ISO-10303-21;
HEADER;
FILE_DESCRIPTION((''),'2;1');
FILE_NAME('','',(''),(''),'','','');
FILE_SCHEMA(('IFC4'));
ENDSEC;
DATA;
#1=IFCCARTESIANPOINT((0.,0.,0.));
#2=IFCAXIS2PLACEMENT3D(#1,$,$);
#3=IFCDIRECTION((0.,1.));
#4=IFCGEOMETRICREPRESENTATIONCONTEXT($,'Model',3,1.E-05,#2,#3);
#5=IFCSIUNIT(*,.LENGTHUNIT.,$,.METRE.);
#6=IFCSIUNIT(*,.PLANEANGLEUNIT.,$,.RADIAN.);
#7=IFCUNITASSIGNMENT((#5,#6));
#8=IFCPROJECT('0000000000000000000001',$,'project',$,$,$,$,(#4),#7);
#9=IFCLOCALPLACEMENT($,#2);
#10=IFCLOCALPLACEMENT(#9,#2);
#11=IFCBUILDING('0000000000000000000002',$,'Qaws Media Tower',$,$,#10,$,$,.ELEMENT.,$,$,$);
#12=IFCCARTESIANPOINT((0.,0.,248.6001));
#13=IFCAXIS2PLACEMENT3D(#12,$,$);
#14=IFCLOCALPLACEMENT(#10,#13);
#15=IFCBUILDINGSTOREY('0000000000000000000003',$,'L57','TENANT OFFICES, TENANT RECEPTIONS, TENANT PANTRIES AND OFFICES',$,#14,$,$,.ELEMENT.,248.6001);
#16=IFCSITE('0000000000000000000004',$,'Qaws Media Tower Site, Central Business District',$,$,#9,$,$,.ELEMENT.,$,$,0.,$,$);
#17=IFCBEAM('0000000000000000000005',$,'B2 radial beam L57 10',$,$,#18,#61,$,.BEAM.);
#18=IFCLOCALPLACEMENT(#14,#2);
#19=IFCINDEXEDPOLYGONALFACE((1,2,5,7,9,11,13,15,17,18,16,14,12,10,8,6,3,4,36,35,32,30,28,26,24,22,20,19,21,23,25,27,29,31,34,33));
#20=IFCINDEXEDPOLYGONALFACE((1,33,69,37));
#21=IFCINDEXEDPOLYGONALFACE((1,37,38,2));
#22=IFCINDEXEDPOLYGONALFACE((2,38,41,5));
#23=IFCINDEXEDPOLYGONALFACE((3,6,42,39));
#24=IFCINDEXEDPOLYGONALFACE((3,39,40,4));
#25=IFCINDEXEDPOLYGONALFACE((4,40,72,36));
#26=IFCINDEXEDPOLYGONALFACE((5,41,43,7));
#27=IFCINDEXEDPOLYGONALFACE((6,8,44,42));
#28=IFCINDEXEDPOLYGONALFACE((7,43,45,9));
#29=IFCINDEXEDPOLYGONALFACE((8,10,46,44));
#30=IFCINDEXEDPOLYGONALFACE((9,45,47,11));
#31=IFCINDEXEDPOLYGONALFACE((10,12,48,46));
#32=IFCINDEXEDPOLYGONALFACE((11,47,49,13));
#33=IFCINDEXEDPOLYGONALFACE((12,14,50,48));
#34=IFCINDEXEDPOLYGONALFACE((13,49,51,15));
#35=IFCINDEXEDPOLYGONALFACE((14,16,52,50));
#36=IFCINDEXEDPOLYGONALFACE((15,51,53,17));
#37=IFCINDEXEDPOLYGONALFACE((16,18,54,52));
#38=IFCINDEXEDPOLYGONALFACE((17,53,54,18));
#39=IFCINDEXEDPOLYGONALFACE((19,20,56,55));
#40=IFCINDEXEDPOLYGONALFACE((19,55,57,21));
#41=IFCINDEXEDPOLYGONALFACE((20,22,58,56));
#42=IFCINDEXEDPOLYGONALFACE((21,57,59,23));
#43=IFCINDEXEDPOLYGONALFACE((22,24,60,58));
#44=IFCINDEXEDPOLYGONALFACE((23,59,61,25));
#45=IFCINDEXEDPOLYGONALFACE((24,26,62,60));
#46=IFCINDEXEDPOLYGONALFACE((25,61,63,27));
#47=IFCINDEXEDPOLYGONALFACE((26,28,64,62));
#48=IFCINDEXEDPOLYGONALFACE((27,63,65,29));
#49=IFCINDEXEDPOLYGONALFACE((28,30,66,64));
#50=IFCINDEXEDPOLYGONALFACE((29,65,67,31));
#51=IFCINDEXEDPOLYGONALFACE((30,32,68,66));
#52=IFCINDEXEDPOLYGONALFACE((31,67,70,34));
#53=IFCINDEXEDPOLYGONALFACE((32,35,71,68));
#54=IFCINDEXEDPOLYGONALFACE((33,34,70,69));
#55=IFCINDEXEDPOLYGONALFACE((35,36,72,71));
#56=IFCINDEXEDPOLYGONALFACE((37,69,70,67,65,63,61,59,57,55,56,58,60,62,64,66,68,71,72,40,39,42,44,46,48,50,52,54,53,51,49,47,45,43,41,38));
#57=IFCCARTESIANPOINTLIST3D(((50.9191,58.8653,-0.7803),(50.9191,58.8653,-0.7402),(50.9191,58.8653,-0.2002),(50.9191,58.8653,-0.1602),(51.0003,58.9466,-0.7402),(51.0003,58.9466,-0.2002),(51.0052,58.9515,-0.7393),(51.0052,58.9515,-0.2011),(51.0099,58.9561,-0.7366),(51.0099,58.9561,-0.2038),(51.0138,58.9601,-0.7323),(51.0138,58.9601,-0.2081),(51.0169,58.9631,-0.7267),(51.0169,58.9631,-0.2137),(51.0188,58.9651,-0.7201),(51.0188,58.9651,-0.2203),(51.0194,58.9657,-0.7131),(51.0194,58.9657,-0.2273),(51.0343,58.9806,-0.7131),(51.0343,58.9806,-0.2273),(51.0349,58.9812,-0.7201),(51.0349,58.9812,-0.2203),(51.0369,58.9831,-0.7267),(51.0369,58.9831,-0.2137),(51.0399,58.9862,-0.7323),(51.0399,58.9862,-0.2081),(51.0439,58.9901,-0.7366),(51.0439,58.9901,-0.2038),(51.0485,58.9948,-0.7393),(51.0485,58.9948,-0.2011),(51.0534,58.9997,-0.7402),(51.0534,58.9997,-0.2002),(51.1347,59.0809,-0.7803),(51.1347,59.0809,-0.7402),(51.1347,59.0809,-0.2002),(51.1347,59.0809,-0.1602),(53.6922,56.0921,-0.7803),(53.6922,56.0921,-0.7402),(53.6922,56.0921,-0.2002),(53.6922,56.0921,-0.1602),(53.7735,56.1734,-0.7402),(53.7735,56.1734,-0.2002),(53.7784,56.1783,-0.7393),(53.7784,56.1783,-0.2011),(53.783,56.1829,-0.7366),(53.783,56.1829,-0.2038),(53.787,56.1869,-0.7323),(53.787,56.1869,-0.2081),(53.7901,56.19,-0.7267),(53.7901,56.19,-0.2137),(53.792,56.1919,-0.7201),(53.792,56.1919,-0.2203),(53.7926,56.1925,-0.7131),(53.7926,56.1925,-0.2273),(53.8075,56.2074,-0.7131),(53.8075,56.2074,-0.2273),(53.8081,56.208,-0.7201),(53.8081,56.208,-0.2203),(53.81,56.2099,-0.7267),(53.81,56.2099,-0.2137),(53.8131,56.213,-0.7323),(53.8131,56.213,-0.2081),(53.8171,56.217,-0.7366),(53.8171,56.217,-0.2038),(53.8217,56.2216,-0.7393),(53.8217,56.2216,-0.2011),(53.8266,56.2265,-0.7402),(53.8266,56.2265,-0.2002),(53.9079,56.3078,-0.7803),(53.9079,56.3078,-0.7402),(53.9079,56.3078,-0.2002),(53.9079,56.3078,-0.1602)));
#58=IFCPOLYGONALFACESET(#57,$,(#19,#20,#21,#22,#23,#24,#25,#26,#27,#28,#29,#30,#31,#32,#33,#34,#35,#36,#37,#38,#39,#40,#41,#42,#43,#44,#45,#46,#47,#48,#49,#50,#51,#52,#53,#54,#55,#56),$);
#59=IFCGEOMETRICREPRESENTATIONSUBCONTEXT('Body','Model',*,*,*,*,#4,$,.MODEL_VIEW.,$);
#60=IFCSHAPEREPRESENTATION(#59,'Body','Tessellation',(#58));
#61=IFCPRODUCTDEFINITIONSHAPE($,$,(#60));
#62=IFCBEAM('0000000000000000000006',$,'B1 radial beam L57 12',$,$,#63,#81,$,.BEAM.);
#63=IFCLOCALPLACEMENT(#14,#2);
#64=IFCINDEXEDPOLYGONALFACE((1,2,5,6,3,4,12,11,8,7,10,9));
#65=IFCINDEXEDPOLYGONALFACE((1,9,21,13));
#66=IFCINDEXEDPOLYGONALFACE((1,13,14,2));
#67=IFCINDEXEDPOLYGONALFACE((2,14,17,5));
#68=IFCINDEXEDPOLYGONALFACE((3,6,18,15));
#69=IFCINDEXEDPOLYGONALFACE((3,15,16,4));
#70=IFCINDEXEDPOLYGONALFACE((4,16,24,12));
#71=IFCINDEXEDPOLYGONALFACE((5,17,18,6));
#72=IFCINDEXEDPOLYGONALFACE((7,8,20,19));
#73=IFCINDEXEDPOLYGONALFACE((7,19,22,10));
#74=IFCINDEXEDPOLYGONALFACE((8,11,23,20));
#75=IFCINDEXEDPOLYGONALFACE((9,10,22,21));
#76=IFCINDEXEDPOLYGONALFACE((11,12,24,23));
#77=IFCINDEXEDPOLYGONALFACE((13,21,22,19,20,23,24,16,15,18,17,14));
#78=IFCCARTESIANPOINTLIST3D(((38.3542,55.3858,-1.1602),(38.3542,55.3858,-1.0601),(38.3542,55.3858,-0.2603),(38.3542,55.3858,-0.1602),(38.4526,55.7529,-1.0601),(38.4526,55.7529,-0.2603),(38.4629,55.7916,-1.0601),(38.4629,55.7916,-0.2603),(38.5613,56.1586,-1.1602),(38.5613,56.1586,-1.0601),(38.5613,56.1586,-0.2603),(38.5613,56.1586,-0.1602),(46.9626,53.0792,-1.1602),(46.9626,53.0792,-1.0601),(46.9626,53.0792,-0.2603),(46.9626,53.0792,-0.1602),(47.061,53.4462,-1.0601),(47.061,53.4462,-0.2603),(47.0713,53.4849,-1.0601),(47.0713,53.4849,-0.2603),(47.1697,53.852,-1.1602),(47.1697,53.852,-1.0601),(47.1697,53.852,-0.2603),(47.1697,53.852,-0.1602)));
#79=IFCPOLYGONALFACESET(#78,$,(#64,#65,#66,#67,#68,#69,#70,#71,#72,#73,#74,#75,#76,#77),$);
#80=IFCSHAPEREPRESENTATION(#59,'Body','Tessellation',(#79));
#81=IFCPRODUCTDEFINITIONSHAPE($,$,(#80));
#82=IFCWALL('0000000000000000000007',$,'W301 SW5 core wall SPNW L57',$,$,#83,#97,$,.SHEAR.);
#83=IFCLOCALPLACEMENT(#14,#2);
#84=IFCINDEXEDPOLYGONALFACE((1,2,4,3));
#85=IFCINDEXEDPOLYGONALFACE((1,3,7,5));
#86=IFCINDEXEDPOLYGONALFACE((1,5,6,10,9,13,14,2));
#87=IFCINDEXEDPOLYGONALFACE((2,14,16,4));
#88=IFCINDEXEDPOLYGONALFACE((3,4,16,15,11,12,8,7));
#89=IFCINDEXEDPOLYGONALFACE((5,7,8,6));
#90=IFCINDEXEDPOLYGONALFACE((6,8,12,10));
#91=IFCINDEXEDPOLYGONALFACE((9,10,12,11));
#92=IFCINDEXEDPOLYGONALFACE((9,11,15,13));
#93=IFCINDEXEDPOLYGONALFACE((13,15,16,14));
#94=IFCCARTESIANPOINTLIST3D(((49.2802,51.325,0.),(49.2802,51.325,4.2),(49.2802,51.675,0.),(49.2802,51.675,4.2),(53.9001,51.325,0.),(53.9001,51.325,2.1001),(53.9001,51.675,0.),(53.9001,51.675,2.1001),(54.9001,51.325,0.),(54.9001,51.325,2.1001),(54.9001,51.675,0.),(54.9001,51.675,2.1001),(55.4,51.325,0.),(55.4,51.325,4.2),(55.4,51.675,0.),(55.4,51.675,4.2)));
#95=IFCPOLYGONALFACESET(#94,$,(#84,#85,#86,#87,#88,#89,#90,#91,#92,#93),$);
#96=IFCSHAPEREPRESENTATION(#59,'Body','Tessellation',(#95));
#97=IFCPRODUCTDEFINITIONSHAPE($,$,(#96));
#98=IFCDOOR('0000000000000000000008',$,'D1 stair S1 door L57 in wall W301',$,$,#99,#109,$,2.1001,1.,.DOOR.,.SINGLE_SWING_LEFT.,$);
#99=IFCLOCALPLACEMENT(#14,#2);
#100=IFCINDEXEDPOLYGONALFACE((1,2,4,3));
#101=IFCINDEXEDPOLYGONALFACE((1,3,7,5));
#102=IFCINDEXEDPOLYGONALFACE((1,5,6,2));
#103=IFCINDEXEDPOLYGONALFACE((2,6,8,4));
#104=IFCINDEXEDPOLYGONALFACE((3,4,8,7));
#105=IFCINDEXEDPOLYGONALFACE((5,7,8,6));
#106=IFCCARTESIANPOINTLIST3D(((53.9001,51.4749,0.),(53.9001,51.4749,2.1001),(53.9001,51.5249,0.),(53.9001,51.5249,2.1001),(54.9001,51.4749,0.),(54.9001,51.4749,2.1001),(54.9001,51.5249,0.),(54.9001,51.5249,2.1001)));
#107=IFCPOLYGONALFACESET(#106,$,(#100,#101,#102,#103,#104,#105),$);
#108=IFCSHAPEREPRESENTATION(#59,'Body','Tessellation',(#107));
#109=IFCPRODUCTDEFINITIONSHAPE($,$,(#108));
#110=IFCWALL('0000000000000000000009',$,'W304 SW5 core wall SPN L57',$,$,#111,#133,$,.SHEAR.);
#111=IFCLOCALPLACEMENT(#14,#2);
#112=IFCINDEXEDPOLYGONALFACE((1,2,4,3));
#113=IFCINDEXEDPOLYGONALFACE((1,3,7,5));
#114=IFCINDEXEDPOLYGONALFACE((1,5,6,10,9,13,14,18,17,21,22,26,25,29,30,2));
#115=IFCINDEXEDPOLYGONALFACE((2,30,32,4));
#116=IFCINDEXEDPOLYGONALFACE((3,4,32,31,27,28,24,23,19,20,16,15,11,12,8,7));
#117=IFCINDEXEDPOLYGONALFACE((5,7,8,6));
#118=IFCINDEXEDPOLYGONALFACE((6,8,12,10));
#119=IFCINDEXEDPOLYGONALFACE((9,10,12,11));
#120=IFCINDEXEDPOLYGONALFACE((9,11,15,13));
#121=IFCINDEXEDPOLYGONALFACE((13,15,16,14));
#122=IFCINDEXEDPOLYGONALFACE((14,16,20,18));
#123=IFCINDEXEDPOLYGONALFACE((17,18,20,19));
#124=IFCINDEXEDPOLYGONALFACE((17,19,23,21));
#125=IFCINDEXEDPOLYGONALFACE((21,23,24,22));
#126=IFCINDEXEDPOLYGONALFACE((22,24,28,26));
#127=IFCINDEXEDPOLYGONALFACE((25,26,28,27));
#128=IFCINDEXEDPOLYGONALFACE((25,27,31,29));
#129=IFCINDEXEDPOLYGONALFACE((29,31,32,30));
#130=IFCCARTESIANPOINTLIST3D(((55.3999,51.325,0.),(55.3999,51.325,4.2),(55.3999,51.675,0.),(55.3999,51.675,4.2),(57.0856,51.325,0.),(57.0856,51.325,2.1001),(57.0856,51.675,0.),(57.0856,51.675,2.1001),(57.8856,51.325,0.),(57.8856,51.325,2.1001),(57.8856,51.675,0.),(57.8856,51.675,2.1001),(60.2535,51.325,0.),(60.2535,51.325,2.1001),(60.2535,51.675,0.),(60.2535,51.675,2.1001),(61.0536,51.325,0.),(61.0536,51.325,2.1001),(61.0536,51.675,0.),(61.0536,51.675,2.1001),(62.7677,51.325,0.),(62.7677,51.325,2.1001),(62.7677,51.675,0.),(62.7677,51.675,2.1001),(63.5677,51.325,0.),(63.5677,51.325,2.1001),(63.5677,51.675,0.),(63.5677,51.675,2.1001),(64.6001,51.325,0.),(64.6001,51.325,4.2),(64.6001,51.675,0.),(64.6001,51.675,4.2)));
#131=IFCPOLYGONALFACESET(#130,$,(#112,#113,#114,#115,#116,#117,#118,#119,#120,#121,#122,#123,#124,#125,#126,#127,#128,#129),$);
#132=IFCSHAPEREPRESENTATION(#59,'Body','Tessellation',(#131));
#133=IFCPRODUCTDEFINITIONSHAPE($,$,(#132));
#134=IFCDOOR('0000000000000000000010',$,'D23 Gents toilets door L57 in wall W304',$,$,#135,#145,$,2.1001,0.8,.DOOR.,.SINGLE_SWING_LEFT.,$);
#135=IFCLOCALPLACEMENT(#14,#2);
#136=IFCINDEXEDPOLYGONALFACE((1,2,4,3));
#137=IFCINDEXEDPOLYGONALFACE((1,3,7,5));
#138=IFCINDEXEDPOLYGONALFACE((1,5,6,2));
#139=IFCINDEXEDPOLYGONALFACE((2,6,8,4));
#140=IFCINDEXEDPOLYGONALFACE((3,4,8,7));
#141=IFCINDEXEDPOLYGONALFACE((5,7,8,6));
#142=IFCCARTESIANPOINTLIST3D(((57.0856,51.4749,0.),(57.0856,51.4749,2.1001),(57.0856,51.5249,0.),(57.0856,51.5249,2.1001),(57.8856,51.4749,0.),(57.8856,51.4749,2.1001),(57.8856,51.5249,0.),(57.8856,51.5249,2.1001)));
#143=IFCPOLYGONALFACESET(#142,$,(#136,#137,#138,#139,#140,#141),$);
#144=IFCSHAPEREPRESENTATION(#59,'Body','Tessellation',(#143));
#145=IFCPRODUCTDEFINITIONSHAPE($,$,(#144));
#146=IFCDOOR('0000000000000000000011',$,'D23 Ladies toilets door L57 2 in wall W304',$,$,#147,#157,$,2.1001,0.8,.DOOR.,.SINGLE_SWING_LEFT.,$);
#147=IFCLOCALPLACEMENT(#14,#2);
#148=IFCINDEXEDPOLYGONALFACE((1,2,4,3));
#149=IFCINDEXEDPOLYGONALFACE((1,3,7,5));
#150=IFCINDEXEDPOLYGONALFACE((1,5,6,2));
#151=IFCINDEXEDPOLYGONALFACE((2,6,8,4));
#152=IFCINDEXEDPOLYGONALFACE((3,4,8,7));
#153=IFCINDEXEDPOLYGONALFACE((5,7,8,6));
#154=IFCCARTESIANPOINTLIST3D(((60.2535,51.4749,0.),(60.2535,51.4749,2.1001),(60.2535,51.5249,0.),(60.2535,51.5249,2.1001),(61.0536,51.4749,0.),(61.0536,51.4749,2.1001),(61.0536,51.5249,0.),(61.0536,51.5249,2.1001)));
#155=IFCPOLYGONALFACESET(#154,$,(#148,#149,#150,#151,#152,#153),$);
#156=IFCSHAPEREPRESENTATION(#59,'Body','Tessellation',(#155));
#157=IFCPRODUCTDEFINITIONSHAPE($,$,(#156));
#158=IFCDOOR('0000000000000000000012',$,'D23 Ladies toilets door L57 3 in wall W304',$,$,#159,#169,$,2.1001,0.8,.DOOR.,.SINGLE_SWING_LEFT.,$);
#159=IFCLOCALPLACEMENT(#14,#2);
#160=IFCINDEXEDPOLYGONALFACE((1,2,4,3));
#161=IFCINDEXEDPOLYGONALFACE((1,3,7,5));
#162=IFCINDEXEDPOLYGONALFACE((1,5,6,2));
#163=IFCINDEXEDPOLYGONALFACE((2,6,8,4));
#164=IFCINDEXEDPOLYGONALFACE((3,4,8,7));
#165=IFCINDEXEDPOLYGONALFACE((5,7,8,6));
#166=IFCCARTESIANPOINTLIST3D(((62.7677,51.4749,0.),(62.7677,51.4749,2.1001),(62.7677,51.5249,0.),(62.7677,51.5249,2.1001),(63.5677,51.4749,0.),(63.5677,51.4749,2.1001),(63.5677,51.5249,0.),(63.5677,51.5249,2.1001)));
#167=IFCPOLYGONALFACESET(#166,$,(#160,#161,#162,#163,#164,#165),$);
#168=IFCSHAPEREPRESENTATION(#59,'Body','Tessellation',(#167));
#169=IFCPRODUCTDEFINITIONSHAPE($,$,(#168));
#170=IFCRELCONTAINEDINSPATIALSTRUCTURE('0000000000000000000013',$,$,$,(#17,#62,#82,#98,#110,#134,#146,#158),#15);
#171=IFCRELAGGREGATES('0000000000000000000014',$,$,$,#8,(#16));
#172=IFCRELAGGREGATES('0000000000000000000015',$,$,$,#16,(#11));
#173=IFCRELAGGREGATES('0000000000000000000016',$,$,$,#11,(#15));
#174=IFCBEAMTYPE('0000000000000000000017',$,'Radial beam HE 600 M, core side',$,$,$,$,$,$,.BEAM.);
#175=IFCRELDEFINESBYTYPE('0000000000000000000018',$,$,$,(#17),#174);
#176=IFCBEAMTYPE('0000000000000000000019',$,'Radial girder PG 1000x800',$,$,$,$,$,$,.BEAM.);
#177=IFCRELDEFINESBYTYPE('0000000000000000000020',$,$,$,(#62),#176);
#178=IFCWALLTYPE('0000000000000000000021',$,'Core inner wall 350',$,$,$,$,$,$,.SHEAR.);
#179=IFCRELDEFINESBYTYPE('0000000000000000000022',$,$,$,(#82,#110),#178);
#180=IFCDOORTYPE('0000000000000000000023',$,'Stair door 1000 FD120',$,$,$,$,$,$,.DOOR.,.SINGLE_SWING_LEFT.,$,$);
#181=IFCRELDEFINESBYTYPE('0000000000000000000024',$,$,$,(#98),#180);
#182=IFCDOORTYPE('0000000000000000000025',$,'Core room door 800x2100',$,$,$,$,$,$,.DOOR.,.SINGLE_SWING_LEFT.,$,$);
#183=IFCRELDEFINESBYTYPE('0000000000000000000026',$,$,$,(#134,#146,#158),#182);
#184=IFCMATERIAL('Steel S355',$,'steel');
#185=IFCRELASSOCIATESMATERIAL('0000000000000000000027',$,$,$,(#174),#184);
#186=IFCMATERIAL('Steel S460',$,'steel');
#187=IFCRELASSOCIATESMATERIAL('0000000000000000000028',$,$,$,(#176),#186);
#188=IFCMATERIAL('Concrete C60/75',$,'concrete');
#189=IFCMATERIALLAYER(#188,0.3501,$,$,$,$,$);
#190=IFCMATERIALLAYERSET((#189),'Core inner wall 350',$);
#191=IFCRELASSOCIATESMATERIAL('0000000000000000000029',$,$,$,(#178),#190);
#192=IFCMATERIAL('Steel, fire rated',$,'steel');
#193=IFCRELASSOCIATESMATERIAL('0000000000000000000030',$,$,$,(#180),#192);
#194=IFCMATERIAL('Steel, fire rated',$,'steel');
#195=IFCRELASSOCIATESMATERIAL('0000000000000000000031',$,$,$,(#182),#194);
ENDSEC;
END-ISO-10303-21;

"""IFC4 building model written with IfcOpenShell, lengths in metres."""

from ifc_helpers import new_model, si_unit, direction, frame, frame_2d, origin, origin_2d, place, context, subcontext, project, spatial, rectangle, i_section, extrude, material, layer, layer_set, material_profile, profile_set, type_object, element, fill, save


model = new_model("IFC4")

# Units and contexts
model_context = context("Model", 3, precision=1e-05, world=origin(), true_north=direction((0.0, 1.0)))
body_context = subcontext(model_context, "Body", "Model", "MODEL_VIEW")
ifc_project = project(units=[si_unit("LENGTHUNIT", "METRE"), si_unit("PLANEANGLEUNIT", "RADIAN")], contexts=[model_context])

# Site, building, storey
site_placement = place(None, origin())
site = spatial("IfcSite", under=ifc_project, at=site_placement, Name="Qaws Media Tower Site, Central Business District", CompositionType="ELEMENT", RefElevation=0.0)
building_placement = place(site_placement, origin())
building = spatial("IfcBuilding", under=site, at=building_placement, Name="Qaws Media Tower", CompositionType="ELEMENT")
storey_placement = place(building_placement, frame((0.0, 0.0, 248.6001)))
storey = spatial("IfcBuildingStorey", under=building, at=storey_placement, Name="L57", Description="TENANT OFFICES, TENANT RECEPTIONS, TENANT PANTRIES AND OFFICES", CompositionType="ELEMENT", Elevation=248.6001)

# Beams
ifc_material_1 = material(Name="Steel S355", Category="steel")
ifc_material_profile_1 = material_profile(ifc_material_1, i_section(OverallWidth=0.3049, OverallDepth=0.6201, WebThickness=0.021, FlangeThickness=0.04, FilletRadius=0.0271, at=origin_2d()), Name="HE 600 M")
ifc_profile_set_1 = profile_set([ifc_material_profile_1], Name="Steel S355")
beam_type_1 = type_object("IfcBeamType", Name="Radial beam HE 600 M, core side", PredefinedType="BEAM", material=ifc_profile_set_1)
beam_1_placement = place(storey_placement, frame((53.8, 56.2, -0.4702), z_axis=(-0.707107, 0.707107, 0.0), x_axis=(-0.707107, -0.707107, 0.0)))
element("IfcBeam", 1, at=beam_1_placement, inside=storey, type_object=beam_type_1, Name="B2 radial beam L57 10", PredefinedType="BEAM", context=body_context, shape_type="SweptSolid", body=[
    extrude(i_section(OverallWidth=0.3049, OverallDepth=0.6201, WebThickness=0.021, FlangeThickness=0.04, FilletRadius=0.0271, at=origin_2d()), origin(), (0.0, 0.0, 1.0), 3.9219),
])
ifc_material_2 = material(Name="Steel S460", Category="steel")
ifc_material_profile_2 = material_profile(ifc_material_2, i_section(OverallWidth=0.8, OverallDepth=1.0, WebThickness=0.04, FlangeThickness=0.1001, at=origin_2d()), Name="PG 1000x800")
ifc_profile_set_2 = profile_set([ifc_material_profile_2], Name="Steel S460")
beam_type_2 = type_object("IfcBeamType", Name="Radial girder PG 1000x800", PredefinedType="BEAM", material=ifc_profile_set_2)
beam_2_placement = place(storey_placement, frame((47.0662, 53.4656, -0.6602), z_axis=(-0.965925, 0.258822, 0.0), x_axis=(-0.258822, -0.965925, 0.0)))
element("IfcBeam", 2, at=beam_2_placement, inside=storey, type_object=beam_type_2, Name="B1 radial beam L57 12", PredefinedType="BEAM", context=body_context, shape_type="SweptSolid", body=[
    extrude(i_section(OverallWidth=0.8, OverallDepth=1.0, WebThickness=0.04, FlangeThickness=0.1001, at=origin_2d()), origin(), (0.0, 0.0, 1.0), 8.9121),
])

# Wall, opening, door
ifc_material_3 = material(Name="Concrete C60/75", Category="concrete")
ifc_layer_1 = layer(ifc_material_3, 0.3501)
ifc_layer_set_1 = layer_set([ifc_layer_1], Name="Core inner wall 350")
wall_type_1 = type_object("IfcWallType", Name="Core inner wall 350", PredefinedType="SHEAR", material=ifc_layer_set_1)
wall_1_placement = place(storey_placement, frame((49.28, 51.5, 0.0), z_axis=(0.0, 0.0, 1.0), x_axis=(1.0, 0.0, 0.0)))
wall_1 = element("IfcWall", 3, at=wall_1_placement, inside=storey, type_object=wall_type_1, Name="W301 SW5 core wall SPNW L57", PredefinedType="SHEAR", context=body_context, shape_type="SweptSolid", body=[
    extrude(rectangle(XDim=6.1199, YDim=0.3501, at=frame_2d((3.0601, 0.0))), origin(), (0.0, 0.0, 1.0), 4.2),
])
opening_1_placement = place(wall_1_placement, frame((4.6201, 0.0, 0.0)))
opening_1 = element("IfcOpeningElement", 4, at=opening_1_placement, cuts=wall_1, PredefinedType="OPENING", context=body_context, shape_type="SweptSolid", body=[
    extrude(rectangle(XDim=1.0, YDim=2.1001, at=frame_2d((0.5, 1.05))), frame((0.0, 0.1851, 0.0), z_axis=(0.0, -1.0, 0.0), x_axis=(1.0, 0.0, 0.0)), (0.0, 0.0, 1.0), 0.3701),
])
ifc_material_4 = material(Name="Steel, fire rated", Category="steel")
door_type_1 = type_object("IfcDoorType", Name="Stair door 1000 FD120", OperationType="SINGLE_SWING_LEFT", PredefinedType="DOOR", material=ifc_material_4)
door_1_placement = place(opening_1_placement, origin())
door_1 = element("IfcDoor", 5, at=door_1_placement, inside=storey, type_object=door_type_1, Name="D1 stair S1 door L57 in wall W301", OperationType="SINGLE_SWING_LEFT", OverallHeight=2.1001, OverallWidth=1.0, PredefinedType="DOOR", context=body_context, shape_type="SweptSolid", body=[
    extrude(rectangle(XDim=1.0, YDim=2.1001, at=frame_2d((0.5, 1.05))), frame((0.0, 0.0249, 0.0), z_axis=(0.0, -1.0, 0.0), x_axis=(1.0, 0.0, 0.0)), (0.0, 0.0, 1.0), 0.05),
])
fill(opening_1, door_1)

# Wall, openings, doors
wall_2_placement = place(storey_placement, frame((55.3999, 51.5, 0.0), z_axis=(0.0, 0.0, 1.0), x_axis=(1.0, 0.0, 0.0)))
wall_2 = element("IfcWall", 6, at=wall_2_placement, inside=storey, type_object=wall_type_1, Name="W304 SW5 core wall SPN L57", PredefinedType="SHEAR", context=body_context, shape_type="SweptSolid", body=[
    extrude(rectangle(XDim=9.2002, YDim=0.3501, at=frame_2d((4.6001, 0.0))), origin(), (0.0, 0.0, 1.0), 4.2),
])
opening_2_placement = place(wall_2_placement, frame((1.6858, 0.0, 0.0)))
opening_2 = element("IfcOpeningElement", 7, at=opening_2_placement, cuts=wall_2, PredefinedType="OPENING", context=body_context, shape_type="SweptSolid", body=[
    extrude(rectangle(XDim=0.8, YDim=2.1001, at=frame_2d((0.3999, 1.05))), frame((0.0, 0.1851, 0.0), z_axis=(0.0, -1.0, 0.0), x_axis=(1.0, 0.0, 0.0)), (0.0, 0.0, 1.0), 0.3701),
])
opening_3_placement = place(wall_2_placement, frame((4.8538, 0.0, 0.0)))
opening_3 = element("IfcOpeningElement", 8, at=opening_3_placement, cuts=wall_2, PredefinedType="OPENING", context=body_context, shape_type="SweptSolid", body=[
    extrude(rectangle(XDim=0.8, YDim=2.1001, at=frame_2d((0.3999, 1.05))), frame((0.0, 0.1851, 0.0), z_axis=(0.0, -1.0, 0.0), x_axis=(1.0, 0.0, 0.0)), (0.0, 0.0, 1.0), 0.3701),
])
opening_4_placement = place(wall_2_placement, frame((7.3679, 0.0, 0.0)))
opening_4 = element("IfcOpeningElement", 9, at=opening_4_placement, cuts=wall_2, PredefinedType="OPENING", context=body_context, shape_type="SweptSolid", body=[
    extrude(rectangle(XDim=0.8, YDim=2.1001, at=frame_2d((0.3999, 1.05))), frame((0.0, 0.1851, 0.0), z_axis=(0.0, -1.0, 0.0), x_axis=(1.0, 0.0, 0.0)), (0.0, 0.0, 1.0), 0.3701),
])
ifc_material_5 = material(Name="Steel, fire rated", Category="steel")
door_type_2 = type_object("IfcDoorType", Name="Core room door 800x2100", OperationType="SINGLE_SWING_LEFT", PredefinedType="DOOR", material=ifc_material_5)
door_2_placement = place(opening_2_placement, origin())
door_2 = element("IfcDoor", 10, at=door_2_placement, inside=storey, type_object=door_type_2, Name="D23 Gents toilets door L57 in wall W304", OperationType="SINGLE_SWING_LEFT", OverallHeight=2.1001, OverallWidth=0.8, PredefinedType="DOOR", context=body_context, shape_type="SweptSolid", body=[
    extrude(rectangle(XDim=0.8, YDim=2.1001, at=frame_2d((0.3999, 1.05))), frame((0.0, 0.0249, 0.0), z_axis=(0.0, -1.0, 0.0), x_axis=(1.0, 0.0, 0.0)), (0.0, 0.0, 1.0), 0.05),
])
fill(opening_2, door_2)
door_3_placement = place(opening_3_placement, origin())
door_3 = element("IfcDoor", 11, at=door_3_placement, inside=storey, type_object=door_type_2, Name="D23 Ladies toilets door L57 2 in wall W304", OperationType="SINGLE_SWING_LEFT", OverallHeight=2.1001, OverallWidth=0.8, PredefinedType="DOOR", context=body_context, shape_type="SweptSolid", body=[
    extrude(rectangle(XDim=0.8, YDim=2.1001, at=frame_2d((0.3999, 1.05))), frame((0.0, 0.0249, 0.0), z_axis=(0.0, -1.0, 0.0), x_axis=(1.0, 0.0, 0.0)), (0.0, 0.0, 1.0), 0.05),
])
fill(opening_3, door_3)
door_4_placement = place(opening_4_placement, origin())
door_4 = element("IfcDoor", 12, at=door_4_placement, inside=storey, type_object=door_type_2, Name="D23 Ladies toilets door L57 3 in wall W304", OperationType="SINGLE_SWING_LEFT", OverallHeight=2.1001, OverallWidth=0.8, PredefinedType="DOOR", context=body_context, shape_type="SweptSolid", body=[
    extrude(rectangle(XDim=0.8, YDim=2.1001, at=frame_2d((0.3999, 1.05))), frame((0.0, 0.0249, 0.0), z_axis=(0.0, -1.0, 0.0), x_axis=(1.0, 0.0, 0.0)), (0.0, 0.0, 1.0), 0.05),
])
fill(opening_4, door_4)

save(model, "model.ifc")
